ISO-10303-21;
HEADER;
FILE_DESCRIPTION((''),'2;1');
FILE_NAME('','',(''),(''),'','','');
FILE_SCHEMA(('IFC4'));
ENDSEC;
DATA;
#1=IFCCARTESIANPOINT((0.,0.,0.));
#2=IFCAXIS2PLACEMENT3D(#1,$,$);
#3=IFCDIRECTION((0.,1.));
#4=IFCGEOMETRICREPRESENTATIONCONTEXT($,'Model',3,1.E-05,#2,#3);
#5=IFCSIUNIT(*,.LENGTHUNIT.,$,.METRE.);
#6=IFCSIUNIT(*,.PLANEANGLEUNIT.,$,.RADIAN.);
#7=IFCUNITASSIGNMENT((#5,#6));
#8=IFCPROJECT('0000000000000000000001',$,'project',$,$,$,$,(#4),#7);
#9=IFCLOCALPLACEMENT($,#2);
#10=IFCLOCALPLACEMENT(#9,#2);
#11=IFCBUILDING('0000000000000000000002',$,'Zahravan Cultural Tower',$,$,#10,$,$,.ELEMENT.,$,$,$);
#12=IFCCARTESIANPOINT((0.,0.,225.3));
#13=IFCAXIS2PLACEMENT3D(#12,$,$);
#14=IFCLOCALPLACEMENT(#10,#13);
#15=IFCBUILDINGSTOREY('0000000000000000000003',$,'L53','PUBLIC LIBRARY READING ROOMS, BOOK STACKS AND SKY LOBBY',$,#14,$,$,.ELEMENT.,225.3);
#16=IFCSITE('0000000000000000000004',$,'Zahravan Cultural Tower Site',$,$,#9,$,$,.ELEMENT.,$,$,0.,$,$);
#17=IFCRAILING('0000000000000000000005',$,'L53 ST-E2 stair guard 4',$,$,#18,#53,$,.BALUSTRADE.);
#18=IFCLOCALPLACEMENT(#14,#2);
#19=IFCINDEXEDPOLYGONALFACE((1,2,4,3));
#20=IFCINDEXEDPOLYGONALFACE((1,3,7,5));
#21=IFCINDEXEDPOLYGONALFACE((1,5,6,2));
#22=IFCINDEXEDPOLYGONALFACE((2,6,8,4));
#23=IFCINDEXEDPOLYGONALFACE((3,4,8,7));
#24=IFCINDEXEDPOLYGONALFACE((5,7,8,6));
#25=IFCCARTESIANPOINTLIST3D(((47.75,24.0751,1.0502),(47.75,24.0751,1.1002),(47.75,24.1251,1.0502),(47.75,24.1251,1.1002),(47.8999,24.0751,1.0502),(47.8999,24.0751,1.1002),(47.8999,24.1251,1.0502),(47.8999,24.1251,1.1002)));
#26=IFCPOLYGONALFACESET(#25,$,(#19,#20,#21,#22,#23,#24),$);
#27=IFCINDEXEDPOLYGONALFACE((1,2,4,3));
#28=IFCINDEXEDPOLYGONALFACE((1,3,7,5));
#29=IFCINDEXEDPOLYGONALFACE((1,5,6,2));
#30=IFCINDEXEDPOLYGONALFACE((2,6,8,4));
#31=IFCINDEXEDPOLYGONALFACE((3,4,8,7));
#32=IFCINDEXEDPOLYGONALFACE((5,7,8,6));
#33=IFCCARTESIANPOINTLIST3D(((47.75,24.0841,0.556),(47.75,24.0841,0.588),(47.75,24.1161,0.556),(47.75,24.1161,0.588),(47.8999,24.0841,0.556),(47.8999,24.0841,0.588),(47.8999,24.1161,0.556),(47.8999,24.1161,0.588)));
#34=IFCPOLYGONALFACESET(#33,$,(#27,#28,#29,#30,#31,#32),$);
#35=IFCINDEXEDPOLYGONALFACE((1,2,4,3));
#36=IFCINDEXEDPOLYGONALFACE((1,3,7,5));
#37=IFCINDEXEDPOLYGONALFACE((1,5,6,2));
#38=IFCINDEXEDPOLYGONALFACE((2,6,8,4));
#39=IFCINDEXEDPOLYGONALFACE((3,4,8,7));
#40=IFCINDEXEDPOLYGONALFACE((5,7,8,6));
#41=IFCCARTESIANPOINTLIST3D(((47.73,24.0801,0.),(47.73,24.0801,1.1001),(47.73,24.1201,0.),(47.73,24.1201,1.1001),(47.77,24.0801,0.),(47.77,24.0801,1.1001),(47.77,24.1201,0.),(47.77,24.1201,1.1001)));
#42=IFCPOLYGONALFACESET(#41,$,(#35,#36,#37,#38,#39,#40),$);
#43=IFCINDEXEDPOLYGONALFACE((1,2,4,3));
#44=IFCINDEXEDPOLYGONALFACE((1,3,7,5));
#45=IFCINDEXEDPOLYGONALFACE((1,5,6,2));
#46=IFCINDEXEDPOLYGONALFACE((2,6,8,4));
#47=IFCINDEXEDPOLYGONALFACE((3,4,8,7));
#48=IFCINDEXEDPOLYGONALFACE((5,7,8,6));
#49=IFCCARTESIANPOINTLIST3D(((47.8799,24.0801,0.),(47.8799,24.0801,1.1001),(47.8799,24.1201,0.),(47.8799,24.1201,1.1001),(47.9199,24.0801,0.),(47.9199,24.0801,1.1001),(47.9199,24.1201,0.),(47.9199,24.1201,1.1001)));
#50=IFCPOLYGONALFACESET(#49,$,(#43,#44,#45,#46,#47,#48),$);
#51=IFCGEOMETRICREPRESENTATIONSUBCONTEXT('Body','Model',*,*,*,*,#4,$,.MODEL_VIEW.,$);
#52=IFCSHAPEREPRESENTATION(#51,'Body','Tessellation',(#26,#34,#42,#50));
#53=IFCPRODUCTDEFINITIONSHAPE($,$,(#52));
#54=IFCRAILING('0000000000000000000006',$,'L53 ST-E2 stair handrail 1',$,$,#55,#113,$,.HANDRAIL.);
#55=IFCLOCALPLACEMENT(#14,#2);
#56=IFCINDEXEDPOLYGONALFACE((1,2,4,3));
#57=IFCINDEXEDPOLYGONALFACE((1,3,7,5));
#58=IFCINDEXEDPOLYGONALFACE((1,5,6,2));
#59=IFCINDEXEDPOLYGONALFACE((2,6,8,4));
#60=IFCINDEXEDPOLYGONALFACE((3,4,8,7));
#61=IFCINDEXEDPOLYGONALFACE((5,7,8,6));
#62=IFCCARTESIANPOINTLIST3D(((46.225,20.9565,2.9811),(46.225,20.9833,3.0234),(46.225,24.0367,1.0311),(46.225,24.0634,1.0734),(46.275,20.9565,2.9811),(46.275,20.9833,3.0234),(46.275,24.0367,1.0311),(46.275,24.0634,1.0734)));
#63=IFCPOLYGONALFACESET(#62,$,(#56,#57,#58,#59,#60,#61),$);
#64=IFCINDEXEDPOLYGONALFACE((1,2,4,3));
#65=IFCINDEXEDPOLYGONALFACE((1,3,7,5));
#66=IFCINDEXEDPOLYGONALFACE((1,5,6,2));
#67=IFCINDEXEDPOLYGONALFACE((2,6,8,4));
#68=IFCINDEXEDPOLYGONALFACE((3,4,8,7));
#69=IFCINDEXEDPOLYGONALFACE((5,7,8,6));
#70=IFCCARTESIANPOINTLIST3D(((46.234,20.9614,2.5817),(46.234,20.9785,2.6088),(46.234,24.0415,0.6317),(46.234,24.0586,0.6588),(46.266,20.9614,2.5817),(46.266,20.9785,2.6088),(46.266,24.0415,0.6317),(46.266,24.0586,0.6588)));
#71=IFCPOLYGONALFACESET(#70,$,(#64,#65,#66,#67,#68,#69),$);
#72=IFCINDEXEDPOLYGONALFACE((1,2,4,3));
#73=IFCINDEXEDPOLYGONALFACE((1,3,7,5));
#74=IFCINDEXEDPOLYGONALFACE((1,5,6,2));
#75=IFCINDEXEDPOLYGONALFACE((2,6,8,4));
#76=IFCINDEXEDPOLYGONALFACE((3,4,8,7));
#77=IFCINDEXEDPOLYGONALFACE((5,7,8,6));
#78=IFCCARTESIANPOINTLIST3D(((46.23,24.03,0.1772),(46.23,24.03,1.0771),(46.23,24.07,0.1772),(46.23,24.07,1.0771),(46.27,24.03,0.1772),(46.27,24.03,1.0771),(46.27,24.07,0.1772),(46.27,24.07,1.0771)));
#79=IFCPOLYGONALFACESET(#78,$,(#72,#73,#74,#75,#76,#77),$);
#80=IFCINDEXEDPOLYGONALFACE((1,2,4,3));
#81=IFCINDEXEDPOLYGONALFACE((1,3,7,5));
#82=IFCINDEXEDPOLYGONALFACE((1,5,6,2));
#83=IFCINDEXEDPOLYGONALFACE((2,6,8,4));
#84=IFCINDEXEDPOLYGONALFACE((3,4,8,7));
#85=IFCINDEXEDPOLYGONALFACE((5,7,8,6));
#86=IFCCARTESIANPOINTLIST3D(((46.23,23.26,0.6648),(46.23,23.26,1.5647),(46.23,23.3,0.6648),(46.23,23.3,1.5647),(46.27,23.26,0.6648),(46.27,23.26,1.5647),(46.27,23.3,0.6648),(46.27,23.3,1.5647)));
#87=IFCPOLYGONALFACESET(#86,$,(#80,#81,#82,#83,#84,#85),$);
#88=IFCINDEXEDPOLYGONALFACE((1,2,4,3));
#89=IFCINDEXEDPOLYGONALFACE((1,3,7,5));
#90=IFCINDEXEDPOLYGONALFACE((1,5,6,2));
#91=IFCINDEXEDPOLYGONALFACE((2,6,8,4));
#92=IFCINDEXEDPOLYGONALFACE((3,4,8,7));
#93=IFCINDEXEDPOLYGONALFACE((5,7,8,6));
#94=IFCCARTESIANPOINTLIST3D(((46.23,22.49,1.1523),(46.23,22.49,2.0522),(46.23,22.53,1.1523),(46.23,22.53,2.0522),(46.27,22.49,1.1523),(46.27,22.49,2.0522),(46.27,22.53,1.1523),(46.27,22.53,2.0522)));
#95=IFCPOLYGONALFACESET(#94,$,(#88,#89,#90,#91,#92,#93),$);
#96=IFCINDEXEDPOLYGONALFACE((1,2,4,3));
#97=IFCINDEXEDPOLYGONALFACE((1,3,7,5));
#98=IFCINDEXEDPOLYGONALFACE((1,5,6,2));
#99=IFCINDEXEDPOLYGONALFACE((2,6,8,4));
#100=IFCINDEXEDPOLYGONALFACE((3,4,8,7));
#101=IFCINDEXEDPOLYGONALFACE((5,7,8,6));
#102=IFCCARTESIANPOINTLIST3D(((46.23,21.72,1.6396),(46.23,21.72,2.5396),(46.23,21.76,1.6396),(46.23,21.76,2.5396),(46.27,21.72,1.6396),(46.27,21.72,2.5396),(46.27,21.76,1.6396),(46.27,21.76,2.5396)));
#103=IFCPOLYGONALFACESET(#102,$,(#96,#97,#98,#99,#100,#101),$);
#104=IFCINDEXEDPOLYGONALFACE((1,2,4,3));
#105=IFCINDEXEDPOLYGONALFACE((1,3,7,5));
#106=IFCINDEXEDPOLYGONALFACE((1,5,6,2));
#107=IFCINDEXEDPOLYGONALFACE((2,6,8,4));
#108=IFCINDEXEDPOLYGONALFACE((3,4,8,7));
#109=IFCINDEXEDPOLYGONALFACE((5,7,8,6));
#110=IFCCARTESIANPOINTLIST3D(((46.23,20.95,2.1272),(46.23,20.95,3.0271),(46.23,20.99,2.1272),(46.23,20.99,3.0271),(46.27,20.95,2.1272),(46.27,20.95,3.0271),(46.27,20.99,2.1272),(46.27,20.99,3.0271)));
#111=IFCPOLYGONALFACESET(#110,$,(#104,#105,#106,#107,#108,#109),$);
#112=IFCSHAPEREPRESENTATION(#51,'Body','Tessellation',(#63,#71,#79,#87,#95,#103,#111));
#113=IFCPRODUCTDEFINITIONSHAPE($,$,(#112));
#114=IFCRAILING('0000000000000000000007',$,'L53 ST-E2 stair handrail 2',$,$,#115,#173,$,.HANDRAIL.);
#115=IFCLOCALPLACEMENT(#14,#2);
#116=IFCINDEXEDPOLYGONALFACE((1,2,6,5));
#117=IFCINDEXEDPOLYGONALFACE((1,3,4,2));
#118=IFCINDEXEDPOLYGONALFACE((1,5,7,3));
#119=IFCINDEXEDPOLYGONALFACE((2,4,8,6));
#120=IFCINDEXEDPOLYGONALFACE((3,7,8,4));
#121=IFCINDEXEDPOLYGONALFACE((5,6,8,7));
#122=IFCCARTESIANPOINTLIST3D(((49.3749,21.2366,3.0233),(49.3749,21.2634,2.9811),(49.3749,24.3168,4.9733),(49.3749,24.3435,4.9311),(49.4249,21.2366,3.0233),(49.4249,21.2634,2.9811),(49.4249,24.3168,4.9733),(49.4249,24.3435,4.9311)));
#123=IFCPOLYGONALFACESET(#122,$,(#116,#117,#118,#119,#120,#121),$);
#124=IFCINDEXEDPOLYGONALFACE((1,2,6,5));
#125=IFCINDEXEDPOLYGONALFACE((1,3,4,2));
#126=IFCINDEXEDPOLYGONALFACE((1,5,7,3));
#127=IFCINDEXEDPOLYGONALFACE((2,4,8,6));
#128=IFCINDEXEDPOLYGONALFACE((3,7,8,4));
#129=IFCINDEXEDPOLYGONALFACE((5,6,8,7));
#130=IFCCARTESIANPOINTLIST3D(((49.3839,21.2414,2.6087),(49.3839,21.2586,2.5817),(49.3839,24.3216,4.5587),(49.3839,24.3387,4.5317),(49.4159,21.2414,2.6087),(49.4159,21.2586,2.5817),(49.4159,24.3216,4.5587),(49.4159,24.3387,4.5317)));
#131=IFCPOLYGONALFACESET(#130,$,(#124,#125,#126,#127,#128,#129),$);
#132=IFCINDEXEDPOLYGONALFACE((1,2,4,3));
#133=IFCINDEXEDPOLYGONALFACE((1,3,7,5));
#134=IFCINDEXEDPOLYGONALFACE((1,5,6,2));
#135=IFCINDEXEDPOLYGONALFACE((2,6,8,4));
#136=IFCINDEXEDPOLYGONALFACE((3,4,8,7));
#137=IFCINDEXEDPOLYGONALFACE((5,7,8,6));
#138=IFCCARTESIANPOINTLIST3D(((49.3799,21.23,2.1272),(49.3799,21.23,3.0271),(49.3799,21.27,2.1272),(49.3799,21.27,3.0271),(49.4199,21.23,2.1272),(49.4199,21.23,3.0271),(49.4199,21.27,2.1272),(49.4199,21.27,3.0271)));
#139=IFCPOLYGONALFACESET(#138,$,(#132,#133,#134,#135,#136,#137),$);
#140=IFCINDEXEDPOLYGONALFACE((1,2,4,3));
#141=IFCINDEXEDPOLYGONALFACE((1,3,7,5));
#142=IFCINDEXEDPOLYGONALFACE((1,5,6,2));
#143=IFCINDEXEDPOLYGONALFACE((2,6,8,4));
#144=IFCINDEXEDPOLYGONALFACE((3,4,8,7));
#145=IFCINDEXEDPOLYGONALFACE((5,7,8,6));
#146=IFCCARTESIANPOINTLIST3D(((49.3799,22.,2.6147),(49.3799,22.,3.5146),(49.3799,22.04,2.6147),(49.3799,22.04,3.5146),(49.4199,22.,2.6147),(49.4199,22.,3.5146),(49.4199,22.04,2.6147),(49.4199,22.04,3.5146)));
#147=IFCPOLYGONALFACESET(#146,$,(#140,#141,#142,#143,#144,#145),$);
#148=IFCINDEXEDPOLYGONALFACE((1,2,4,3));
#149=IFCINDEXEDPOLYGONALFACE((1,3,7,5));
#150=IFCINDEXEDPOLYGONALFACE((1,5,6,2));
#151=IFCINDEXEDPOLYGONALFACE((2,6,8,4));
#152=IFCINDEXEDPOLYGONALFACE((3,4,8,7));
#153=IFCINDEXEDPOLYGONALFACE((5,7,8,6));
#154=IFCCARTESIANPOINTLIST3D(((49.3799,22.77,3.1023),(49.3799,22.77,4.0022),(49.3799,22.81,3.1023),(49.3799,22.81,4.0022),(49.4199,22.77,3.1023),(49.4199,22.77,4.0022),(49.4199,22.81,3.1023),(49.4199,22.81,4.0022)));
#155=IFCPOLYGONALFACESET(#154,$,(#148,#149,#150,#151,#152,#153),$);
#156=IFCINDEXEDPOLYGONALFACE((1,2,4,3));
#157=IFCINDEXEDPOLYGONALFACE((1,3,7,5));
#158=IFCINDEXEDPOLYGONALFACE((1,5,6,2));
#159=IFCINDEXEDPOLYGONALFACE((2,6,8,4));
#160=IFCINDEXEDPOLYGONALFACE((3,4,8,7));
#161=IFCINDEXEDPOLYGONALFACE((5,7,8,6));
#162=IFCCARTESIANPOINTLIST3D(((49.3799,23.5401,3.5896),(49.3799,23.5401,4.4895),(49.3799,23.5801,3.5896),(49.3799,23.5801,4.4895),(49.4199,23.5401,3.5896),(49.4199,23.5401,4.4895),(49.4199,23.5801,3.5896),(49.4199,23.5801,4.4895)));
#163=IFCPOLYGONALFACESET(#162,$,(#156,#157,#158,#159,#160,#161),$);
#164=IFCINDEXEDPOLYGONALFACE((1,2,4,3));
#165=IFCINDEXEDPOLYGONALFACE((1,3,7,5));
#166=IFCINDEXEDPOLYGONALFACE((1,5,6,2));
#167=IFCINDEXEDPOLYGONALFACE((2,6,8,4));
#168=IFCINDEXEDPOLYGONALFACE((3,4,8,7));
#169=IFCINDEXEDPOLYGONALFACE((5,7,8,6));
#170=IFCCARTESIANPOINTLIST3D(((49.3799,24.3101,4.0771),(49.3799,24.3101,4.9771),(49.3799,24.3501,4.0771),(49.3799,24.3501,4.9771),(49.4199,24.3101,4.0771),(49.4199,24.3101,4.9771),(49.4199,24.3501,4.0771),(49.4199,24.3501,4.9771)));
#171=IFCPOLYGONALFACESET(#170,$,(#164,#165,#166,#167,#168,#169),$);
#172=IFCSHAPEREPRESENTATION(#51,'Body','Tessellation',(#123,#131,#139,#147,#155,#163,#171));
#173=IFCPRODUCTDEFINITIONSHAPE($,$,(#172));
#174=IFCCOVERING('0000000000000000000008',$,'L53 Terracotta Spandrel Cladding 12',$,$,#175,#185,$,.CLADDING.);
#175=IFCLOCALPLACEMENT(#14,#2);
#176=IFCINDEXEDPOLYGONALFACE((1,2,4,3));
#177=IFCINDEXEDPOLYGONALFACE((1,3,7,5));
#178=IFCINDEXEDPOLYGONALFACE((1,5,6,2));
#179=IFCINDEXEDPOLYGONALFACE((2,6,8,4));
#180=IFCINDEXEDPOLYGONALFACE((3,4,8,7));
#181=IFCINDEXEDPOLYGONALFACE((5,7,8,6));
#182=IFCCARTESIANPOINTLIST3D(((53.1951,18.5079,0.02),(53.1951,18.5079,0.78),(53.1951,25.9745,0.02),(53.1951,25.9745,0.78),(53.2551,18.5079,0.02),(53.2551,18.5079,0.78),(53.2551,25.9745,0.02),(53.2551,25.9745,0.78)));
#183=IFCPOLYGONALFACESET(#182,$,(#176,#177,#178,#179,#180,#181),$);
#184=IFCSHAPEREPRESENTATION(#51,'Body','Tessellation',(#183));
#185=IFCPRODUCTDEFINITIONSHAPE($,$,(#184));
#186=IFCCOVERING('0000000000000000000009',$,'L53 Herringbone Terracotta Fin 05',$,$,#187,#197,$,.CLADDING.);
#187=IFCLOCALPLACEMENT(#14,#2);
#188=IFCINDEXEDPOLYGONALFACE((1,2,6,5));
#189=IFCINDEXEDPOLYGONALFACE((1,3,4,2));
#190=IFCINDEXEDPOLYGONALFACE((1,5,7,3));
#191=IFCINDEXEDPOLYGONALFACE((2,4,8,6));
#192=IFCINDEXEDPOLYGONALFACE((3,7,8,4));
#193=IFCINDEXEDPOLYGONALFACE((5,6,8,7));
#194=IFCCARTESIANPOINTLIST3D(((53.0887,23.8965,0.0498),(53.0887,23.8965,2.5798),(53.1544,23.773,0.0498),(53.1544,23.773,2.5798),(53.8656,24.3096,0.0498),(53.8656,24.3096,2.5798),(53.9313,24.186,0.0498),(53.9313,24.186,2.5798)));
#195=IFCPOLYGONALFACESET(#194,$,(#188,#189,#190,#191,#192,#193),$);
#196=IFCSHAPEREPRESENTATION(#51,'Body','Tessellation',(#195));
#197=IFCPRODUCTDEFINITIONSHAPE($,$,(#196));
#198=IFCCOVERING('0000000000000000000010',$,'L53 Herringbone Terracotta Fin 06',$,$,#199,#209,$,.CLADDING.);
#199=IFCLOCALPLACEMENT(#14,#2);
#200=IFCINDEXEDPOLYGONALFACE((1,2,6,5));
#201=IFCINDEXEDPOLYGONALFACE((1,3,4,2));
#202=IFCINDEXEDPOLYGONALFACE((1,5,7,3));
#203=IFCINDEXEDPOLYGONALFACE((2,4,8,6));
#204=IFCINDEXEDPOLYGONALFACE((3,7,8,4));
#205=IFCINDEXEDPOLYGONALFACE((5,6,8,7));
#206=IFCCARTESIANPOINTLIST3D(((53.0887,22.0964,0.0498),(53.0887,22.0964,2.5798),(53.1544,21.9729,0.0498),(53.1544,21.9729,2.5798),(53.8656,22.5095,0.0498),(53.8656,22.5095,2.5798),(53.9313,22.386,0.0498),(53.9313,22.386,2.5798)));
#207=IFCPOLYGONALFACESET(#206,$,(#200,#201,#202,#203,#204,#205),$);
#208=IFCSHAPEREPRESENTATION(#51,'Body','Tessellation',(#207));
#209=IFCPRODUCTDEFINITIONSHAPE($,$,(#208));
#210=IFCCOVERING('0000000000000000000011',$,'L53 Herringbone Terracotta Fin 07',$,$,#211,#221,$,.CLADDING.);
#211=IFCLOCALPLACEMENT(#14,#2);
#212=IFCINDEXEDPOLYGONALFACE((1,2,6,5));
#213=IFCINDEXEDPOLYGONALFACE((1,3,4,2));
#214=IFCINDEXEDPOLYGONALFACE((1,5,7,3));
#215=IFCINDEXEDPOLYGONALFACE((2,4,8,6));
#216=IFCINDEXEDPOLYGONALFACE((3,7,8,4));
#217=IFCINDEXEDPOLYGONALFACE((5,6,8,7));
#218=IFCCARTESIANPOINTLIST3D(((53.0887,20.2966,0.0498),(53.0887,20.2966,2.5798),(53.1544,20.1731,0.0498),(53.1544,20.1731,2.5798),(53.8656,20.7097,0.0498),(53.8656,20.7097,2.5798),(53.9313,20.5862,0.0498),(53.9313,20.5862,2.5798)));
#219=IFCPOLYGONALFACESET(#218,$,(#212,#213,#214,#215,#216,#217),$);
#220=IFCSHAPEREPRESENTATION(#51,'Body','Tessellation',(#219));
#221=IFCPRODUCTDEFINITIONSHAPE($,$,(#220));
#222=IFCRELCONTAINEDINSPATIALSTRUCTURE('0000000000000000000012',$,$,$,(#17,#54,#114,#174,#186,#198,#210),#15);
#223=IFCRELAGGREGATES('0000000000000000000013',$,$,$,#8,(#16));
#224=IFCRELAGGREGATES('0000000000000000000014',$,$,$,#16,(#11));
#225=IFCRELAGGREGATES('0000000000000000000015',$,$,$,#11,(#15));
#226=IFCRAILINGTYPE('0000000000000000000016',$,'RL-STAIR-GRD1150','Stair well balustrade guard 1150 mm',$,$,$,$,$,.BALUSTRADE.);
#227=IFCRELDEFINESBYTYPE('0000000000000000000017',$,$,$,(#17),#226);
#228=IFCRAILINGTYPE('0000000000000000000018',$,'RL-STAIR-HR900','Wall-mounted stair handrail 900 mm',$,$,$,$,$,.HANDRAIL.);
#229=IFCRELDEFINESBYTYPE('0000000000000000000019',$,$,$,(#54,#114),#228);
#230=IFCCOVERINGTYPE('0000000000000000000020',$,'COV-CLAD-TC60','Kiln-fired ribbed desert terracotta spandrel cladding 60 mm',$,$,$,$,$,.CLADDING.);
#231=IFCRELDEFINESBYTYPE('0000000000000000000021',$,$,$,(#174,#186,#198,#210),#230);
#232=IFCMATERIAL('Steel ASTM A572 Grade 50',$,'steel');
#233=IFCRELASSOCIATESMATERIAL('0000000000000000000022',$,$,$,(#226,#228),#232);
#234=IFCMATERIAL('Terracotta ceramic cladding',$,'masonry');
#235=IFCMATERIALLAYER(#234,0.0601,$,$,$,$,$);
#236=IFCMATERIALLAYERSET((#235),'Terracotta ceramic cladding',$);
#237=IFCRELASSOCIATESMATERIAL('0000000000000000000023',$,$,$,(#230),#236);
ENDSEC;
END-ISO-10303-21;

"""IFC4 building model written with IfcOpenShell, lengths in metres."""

from ifc_helpers import new_model, si_unit, direction, frame, origin, origin_2d, place, context, subcontext, project, spatial, rectangle, extrude, source, transform, mapped, material, layer, layer_set, type_object, element, save


model = new_model("IFC4")

# Units and contexts
model_context = context("Model", 3, precision=1e-05, world=origin(), true_north=direction((0.0, 1.0)))
body_context = subcontext(model_context, "Body", "Model", "MODEL_VIEW")
ifc_project = project(units=[si_unit("LENGTHUNIT", "METRE"), si_unit("PLANEANGLEUNIT", "RADIAN")], contexts=[model_context])

# Site, building, storey
site_placement = place(None, origin())
site = spatial("IfcSite", under=ifc_project, at=site_placement, Name="Zahravan Cultural Tower Site", CompositionType="ELEMENT", RefElevation=0.0)
building_placement = place(site_placement, origin())
building = spatial("IfcBuilding", under=site, at=building_placement, Name="Zahravan Cultural Tower", CompositionType="ELEMENT")
storey_placement = place(building_placement, frame((0.0, 0.0, 225.3)))
storey = spatial("IfcBuildingStorey", under=building, at=storey_placement, Name="L53", Description="PUBLIC LIBRARY READING ROOMS, BOOK STACKS AND SKY LOBBY", CompositionType="ELEMENT", Elevation=225.3)

# Railings
ifc_material_1 = material(Name="Steel ASTM A572 Grade 50", Category="steel")
railing_type_1 = type_object("IfcRailingType", Name="RL-STAIR-GRD1150", Description="Stair well balustrade guard 1150 mm", PredefinedType="BALUSTRADE", material=ifc_material_1)
railing_1_placement = place(storey_placement, frame((47.75, 24.1001, 0.0)))
element("IfcRailing", 1, at=railing_1_placement, inside=storey, type_object=railing_type_1, Name="L53 ST-E2 stair guard 4", PredefinedType="BALUSTRADE", context=body_context, shape_type="SweptSolid", body=[
    extrude(rectangle(XDim=0.05, YDim=0.05, at=origin_2d()), frame((0.0, 0.0, 1.0752), z_axis=(1.0, 0.0, 0.0), x_axis=(0.0, 1.0, 0.0)), (0.0, 0.0, 1.0), 0.1499),
    extrude(rectangle(XDim=0.032, YDim=0.032, at=origin_2d()), frame((0.0, 0.0, 0.572), z_axis=(1.0, 0.0, 0.0), x_axis=(0.0, 1.0, 0.0)), (0.0, 0.0, 1.0), 0.1499),
    extrude(rectangle(XDim=0.04, YDim=0.04, at=origin_2d()), origin(), (0.0, 0.0, 1.0), 1.1001),
    extrude(rectangle(XDim=0.04, YDim=0.04, at=origin_2d()), frame((0.1499, 0.0, 0.0)), (0.0, 0.0, 1.0), 1.1001),
])
railing_type_2 = type_object("IfcRailingType", Name="RL-STAIR-HR900", Description="Wall-mounted stair handrail 900 mm", PredefinedType="HANDRAIL", material=ifc_material_1)
railing_2_placement = place(storey_placement, frame((46.25, 24.05, 0.1772)))
element("IfcRailing", 2, at=railing_2_placement, inside=storey, type_object=railing_type_2, Name="L53 ST-E2 stair handrail 1", PredefinedType="HANDRAIL", context=body_context, shape_type="SweptSolid", body=[
    extrude(rectangle(XDim=0.05, YDim=0.05, at=origin_2d()), frame((0.0, 0.0, 0.875), z_axis=(0.0, -0.844914, 0.534902), x_axis=(1.0, 0.0, 0.0)), (0.0, 0.0, 1.0), 3.6455),
    extrude(rectangle(XDim=0.032, YDim=0.032, at=origin_2d()), frame((0.0, 0.0, 0.468), z_axis=(0.0, -0.844914, 0.534902), x_axis=(1.0, 0.0, 0.0)), (0.0, 0.0, 1.0), 3.6455),
    extrude(rectangle(XDim=0.04, YDim=0.04, at=origin_2d()), origin(), (0.0, 0.0, 1.0), 0.8999),
    extrude(rectangle(XDim=0.04, YDim=0.04, at=origin_2d()), frame((0.0, -0.77, 0.4875)), (0.0, 0.0, 1.0), 0.8999),
    extrude(rectangle(XDim=0.04, YDim=0.04, at=origin_2d()), frame((0.0, -1.54, 0.9751)), (0.0, 0.0, 1.0), 0.8999),
    extrude(rectangle(XDim=0.04, YDim=0.04, at=origin_2d()), frame((0.0, -2.3101, 1.4624)), (0.0, 0.0, 1.0), 0.8999),
    extrude(rectangle(XDim=0.04, YDim=0.04, at=origin_2d()), frame((0.0, -3.0801, 1.95)), (0.0, 0.0, 1.0), 0.8999),
])
railing_3_placement = place(storey_placement, frame((49.3999, 21.25, 2.1272)))
element("IfcRailing", 3, at=railing_3_placement, inside=storey, type_object=railing_type_2, Name="L53 ST-E2 stair handrail 2", PredefinedType="HANDRAIL", context=body_context, shape_type="SweptSolid", body=[
    extrude(rectangle(XDim=0.05, YDim=0.05, at=origin_2d()), frame((0.0, 0.0, 0.875), z_axis=(0.0, 0.844914, 0.534902), x_axis=(-1.0, 0.0, 0.0)), (0.0, 0.0, 1.0), 3.6455),
    extrude(rectangle(XDim=0.032, YDim=0.032, at=origin_2d()), frame((0.0, 0.0, 0.468), z_axis=(0.0, 0.844914, 0.534902), x_axis=(-1.0, 0.0, 0.0)), (0.0, 0.0, 1.0), 3.6455),
    extrude(rectangle(XDim=0.04, YDim=0.04, at=origin_2d()), origin(), (0.0, 0.0, 1.0), 0.8999),
    extrude(rectangle(XDim=0.04, YDim=0.04, at=origin_2d()), frame((0.0, 0.77, 0.4875)), (0.0, 0.0, 1.0), 0.8999),
    extrude(rectangle(XDim=0.04, YDim=0.04, at=origin_2d()), frame((0.0, 1.54, 0.9751)), (0.0, 0.0, 1.0), 0.8999),
    extrude(rectangle(XDim=0.04, YDim=0.04, at=origin_2d()), frame((0.0, 2.3101, 1.4624)), (0.0, 0.0, 1.0), 0.8999),
    extrude(rectangle(XDim=0.04, YDim=0.04, at=origin_2d()), frame((0.0, 3.0801, 1.95)), (0.0, 0.0, 1.0), 0.8999),
])

# Coverings
ifc_material_2 = material(Name="Terracotta ceramic cladding", Category="masonry")
ifc_layer_1 = layer(ifc_material_2, 0.0601)
ifc_layer_set_1 = layer_set([ifc_layer_1], Name="Terracotta ceramic cladding")
covering_type = type_object("IfcCoveringType", Name="COV-CLAD-TC60", Description="Kiln-fired ribbed desert terracotta spandrel cladding 60 mm", PredefinedType="CLADDING", material=ifc_layer_set_1)
shared_shape_1 = source(origin(), body_context, "Body", "SweptSolid", [
    extrude(rectangle(XDim=7.4666, YDim=0.0601, at=origin_2d()), origin(), (0.0, 0.0, 1.0), 0.76),
])
covering_placement = place(storey_placement, frame((53.2251, 22.2412, 0.02), z_axis=(0.0, 0.0, 1.0), x_axis=(0.0, -1.0, 0.0)))
element("IfcCovering", 4, at=covering_placement, inside=storey, type_object=covering_type, Name="L53 Terracotta Spandrel Cladding 12", PredefinedType="CLADDING", context=body_context, shape_type="MappedRepresentation", body=[
    mapped(shared_shape_1, transform((0.0, 0.0, 0.0), x_axis=(1.0, 0.0, 0.0), y_axis=(0.0, 1.0, 0.0), z_axis=(0.0, 0.0, 1.0), scale=1.0)),
])
shared_shape_2 = source(origin(), body_context, "Body", "SweptSolid", [
    extrude(rectangle(XDim=0.8799, YDim=0.1399, at=origin_2d()), origin(), (0.0, 0.0, 1.0), 2.53),
])
for number, where, z_axis, x_axis, name in (
    (5, (53.51, 24.0413, 0.0498), (0.0, 0.0, 1.0), (0.882948, 0.469472, 0.0), "L53 Herringbone Terracotta Fin 05"),
    (6, (53.51, 22.2412, 0.0498), (0.0, 0.0, 1.0), (0.882948, 0.469472, 0.0), "L53 Herringbone Terracotta Fin 06"),
    (7, (53.51, 20.4414, 0.0498), (0.0, 0.0, 1.0), (0.882948, 0.469472, 0.0), "L53 Herringbone Terracotta Fin 07"),
):
    element("IfcCovering", number, at=place(storey_placement, frame(where, z_axis=z_axis, x_axis=x_axis)), inside=storey, type_object=covering_type, Name=name, PredefinedType="CLADDING", context=body_context, shape_type="MappedRepresentation", body=[
        mapped(shared_shape_2, transform((0.0, 0.0, 0.0), x_axis=(1.0, 0.0, 0.0), y_axis=(0.0, 1.0, 0.0), z_axis=(0.0, 0.0, 1.0), scale=1.0)),
    ])

save(model, "model.ifc")
